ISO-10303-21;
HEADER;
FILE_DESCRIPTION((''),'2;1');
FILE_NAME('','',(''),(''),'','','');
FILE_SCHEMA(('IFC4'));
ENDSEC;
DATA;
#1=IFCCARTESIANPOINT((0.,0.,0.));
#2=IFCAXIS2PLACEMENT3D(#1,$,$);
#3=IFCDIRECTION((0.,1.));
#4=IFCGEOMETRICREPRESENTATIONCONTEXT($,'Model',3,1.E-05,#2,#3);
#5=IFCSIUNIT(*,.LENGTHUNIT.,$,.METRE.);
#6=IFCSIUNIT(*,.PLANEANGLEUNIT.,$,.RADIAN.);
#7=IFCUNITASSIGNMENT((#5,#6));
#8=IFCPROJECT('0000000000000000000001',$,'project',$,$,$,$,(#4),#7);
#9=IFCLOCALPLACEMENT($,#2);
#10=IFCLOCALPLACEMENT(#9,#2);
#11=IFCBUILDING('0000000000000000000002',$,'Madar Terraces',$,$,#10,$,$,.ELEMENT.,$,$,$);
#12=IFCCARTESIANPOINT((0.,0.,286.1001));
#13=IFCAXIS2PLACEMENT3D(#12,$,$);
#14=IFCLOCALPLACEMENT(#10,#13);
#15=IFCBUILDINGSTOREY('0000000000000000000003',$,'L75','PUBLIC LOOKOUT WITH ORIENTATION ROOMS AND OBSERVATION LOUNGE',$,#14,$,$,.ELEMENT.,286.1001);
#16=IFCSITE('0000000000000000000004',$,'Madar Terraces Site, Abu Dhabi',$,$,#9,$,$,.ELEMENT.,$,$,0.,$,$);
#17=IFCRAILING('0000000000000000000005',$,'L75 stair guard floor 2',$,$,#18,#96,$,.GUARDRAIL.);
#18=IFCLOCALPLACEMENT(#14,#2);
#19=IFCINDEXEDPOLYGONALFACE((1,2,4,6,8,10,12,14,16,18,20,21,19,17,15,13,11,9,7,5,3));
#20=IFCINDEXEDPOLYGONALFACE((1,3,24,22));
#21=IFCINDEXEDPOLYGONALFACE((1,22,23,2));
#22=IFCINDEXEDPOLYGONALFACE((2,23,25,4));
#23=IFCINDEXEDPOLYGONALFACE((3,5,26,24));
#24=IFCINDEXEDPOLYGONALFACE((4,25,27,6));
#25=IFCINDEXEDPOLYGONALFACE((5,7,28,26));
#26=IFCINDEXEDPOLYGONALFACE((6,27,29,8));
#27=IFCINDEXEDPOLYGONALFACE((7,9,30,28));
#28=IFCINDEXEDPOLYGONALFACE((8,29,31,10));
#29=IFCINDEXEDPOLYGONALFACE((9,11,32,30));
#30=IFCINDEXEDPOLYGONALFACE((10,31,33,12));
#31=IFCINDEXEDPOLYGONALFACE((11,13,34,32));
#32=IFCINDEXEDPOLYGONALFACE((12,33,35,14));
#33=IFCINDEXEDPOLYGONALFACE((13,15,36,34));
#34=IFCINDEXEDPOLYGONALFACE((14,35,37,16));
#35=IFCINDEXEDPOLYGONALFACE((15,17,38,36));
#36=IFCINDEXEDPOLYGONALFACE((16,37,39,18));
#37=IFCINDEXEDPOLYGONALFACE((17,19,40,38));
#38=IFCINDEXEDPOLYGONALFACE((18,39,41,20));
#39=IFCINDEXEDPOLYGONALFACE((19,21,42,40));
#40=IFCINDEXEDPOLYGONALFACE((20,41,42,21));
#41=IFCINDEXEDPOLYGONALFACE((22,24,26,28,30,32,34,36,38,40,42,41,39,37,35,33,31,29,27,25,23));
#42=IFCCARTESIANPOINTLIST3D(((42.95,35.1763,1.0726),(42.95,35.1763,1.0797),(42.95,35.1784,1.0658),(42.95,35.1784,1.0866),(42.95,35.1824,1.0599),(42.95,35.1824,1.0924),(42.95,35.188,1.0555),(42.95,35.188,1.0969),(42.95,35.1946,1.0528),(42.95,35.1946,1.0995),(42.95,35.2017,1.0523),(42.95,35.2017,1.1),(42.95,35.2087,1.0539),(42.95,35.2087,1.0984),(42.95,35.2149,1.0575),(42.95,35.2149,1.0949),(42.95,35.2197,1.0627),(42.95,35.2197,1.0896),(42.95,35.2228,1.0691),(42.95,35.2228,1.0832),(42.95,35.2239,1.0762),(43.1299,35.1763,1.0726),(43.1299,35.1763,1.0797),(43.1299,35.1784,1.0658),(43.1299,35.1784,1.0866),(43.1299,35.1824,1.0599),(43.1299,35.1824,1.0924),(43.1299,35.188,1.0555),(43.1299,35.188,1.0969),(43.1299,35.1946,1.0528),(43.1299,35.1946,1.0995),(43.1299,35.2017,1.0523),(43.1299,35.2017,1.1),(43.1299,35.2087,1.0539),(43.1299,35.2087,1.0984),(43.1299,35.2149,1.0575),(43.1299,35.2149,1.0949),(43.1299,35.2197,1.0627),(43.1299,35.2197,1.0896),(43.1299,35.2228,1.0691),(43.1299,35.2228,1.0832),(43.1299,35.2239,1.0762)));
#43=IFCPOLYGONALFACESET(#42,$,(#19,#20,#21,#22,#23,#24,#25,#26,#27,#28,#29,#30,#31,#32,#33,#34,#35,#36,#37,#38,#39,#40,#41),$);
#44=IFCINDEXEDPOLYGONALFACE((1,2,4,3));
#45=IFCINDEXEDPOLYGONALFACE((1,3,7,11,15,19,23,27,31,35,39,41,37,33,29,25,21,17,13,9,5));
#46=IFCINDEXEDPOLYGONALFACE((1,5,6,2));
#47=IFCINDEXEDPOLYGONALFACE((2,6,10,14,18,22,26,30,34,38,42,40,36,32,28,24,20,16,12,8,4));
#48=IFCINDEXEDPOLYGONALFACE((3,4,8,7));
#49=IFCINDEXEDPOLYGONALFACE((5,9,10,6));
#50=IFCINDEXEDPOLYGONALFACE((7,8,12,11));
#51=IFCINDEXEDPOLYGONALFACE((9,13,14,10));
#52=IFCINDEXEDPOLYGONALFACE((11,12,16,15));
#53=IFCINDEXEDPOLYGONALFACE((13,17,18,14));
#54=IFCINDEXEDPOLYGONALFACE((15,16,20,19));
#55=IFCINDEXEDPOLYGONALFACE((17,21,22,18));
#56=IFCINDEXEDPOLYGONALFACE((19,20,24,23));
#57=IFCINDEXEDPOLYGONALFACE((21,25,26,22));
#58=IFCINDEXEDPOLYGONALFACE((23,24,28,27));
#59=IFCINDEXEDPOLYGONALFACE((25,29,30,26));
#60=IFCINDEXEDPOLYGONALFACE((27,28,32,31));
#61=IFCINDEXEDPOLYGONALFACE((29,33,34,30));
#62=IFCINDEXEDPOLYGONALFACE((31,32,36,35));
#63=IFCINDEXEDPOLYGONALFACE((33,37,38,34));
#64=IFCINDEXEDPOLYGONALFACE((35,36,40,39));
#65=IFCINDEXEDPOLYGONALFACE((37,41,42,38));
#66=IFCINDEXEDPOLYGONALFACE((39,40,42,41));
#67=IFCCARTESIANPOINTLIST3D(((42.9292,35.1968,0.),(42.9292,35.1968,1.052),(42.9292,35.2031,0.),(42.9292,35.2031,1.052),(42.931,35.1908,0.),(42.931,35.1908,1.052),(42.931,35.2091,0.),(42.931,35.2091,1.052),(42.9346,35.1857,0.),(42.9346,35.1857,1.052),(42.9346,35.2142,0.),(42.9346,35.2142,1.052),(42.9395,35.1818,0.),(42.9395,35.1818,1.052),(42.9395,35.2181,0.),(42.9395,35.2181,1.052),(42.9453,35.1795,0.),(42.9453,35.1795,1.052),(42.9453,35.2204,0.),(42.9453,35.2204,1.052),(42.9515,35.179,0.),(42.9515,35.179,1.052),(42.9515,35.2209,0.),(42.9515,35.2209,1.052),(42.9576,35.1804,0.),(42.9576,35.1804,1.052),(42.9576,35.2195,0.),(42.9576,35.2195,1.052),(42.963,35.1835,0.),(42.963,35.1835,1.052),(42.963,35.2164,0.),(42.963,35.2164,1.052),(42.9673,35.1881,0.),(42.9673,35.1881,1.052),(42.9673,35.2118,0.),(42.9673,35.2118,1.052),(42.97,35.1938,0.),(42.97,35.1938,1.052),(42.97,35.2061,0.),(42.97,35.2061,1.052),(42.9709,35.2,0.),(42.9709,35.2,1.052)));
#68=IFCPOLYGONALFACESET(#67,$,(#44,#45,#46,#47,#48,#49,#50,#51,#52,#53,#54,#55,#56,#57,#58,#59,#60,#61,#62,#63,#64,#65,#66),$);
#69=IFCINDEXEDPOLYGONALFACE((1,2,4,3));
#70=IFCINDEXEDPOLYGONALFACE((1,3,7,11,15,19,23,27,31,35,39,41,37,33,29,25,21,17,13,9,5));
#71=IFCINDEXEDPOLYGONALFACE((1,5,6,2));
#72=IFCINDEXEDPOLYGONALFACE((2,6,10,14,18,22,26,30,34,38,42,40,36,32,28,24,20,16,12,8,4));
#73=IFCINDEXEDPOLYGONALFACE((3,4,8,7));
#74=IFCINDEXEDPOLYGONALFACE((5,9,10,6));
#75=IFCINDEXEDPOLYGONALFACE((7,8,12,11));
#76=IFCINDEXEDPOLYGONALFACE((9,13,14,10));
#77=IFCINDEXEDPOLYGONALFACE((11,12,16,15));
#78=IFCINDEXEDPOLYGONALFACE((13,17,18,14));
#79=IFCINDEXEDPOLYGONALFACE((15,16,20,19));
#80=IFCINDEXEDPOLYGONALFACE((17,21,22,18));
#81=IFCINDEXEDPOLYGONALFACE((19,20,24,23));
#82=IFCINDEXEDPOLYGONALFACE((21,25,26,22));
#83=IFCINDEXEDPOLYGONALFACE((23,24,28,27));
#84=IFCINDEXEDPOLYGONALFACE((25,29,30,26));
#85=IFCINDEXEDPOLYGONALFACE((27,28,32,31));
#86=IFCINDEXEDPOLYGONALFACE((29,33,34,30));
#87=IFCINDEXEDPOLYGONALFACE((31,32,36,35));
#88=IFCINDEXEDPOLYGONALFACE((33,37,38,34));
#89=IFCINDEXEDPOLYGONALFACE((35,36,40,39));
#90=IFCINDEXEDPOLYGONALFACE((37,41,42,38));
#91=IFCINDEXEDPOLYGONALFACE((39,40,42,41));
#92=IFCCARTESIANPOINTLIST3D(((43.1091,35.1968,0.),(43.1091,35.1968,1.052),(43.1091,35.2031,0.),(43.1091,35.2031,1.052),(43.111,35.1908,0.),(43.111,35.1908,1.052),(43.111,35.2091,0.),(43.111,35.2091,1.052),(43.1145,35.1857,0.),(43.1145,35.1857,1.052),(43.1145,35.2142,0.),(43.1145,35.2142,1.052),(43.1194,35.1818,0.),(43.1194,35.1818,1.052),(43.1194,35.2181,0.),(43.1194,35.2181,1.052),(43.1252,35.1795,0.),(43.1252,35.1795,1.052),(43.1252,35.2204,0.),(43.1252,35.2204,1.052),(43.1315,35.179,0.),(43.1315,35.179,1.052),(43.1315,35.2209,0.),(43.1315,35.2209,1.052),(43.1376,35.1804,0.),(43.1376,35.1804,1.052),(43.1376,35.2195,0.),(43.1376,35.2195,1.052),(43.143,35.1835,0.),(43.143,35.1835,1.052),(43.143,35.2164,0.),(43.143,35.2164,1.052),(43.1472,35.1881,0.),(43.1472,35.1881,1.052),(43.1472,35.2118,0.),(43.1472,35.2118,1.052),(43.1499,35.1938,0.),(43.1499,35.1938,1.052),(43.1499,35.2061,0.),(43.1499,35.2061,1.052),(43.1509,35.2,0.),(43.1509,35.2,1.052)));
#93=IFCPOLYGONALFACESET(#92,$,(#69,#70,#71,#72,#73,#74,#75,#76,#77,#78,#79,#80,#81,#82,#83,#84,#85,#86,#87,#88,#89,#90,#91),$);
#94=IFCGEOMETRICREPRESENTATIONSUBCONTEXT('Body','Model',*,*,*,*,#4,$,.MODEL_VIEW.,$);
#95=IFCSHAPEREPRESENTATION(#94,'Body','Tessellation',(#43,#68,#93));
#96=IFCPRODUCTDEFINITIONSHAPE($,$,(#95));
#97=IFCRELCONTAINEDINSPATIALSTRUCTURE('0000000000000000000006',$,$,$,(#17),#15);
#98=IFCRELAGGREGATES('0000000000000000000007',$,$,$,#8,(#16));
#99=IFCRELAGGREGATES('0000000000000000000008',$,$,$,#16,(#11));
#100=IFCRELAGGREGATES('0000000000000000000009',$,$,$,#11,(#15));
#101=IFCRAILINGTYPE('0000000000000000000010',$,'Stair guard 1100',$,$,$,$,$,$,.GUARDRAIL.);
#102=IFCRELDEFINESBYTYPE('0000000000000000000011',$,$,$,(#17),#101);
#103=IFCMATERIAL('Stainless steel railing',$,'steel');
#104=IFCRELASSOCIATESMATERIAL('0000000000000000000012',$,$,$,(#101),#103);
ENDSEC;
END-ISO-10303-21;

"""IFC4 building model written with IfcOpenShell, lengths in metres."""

from ifc_helpers import new_model, si_unit, direction, frame, origin, origin_2d, place, context, subcontext, project, spatial, circle, extrude, material, type_object, element, save


model = new_model("IFC4")

# Units and contexts
model_context = context("Model", 3, precision=1e-05, world=origin(), true_north=direction((0.0, 1.0)))
body_context = subcontext(model_context, "Body", "Model", "MODEL_VIEW")
ifc_project = project(units=[si_unit("LENGTHUNIT", "METRE"), si_unit("PLANEANGLEUNIT", "RADIAN")], contexts=[model_context])

# Site, building, storey
site_placement = place(None, origin())
site = spatial("IfcSite", under=ifc_project, at=site_placement, Name="Madar Terraces Site, Abu Dhabi", CompositionType="ELEMENT", RefElevation=0.0)
building_placement = place(site_placement, origin())
building = spatial("IfcBuilding", under=site, at=building_placement, Name="Madar Terraces", CompositionType="ELEMENT")
storey_placement = place(building_placement, frame((0.0, 0.0, 286.1001)))
storey = spatial("IfcBuildingStorey", under=building, at=storey_placement, Name="L75", Description="PUBLIC LOOKOUT WITH ORIENTATION ROOMS AND OBSERVATION LOUNGE", CompositionType="ELEMENT", Elevation=286.1001)

# Railing
ifc_material_1 = material(Name="Stainless steel railing", Category="steel")
railing_type_1 = type_object("IfcRailingType", Name="Stair guard 1100", PredefinedType="GUARDRAIL", material=ifc_material_1)
for number, where, name in (
    (1, (42.95, 35.2, 0.0), "L75 stair guard floor 2"),
):
    element("IfcRailing", number, at=place(storey_placement, frame(where)), inside=storey, type_object=railing_type_1, Name=name, PredefinedType="GUARDRAIL", context=body_context, shape_type="SweptSolid", body=[
        extrude(circle(Radius=0.0239, at=origin_2d()), frame((0.0, 0.0, 1.0762), z_axis=(1.0, 0.0, 0.0), x_axis=(0.0, 1.0, 0.0)), (0.0, 0.0, 1.0), 0.1799),
        extrude(circle(Radius=0.021, at=origin_2d()), origin(), (0.0, 0.0, 1.0), 1.052),
        extrude(circle(Radius=0.021, at=origin_2d()), frame((0.1799, 0.0, 0.0)), (0.0, 0.0, 1.0), 1.052),
    ])

save(model, "model.ifc")
